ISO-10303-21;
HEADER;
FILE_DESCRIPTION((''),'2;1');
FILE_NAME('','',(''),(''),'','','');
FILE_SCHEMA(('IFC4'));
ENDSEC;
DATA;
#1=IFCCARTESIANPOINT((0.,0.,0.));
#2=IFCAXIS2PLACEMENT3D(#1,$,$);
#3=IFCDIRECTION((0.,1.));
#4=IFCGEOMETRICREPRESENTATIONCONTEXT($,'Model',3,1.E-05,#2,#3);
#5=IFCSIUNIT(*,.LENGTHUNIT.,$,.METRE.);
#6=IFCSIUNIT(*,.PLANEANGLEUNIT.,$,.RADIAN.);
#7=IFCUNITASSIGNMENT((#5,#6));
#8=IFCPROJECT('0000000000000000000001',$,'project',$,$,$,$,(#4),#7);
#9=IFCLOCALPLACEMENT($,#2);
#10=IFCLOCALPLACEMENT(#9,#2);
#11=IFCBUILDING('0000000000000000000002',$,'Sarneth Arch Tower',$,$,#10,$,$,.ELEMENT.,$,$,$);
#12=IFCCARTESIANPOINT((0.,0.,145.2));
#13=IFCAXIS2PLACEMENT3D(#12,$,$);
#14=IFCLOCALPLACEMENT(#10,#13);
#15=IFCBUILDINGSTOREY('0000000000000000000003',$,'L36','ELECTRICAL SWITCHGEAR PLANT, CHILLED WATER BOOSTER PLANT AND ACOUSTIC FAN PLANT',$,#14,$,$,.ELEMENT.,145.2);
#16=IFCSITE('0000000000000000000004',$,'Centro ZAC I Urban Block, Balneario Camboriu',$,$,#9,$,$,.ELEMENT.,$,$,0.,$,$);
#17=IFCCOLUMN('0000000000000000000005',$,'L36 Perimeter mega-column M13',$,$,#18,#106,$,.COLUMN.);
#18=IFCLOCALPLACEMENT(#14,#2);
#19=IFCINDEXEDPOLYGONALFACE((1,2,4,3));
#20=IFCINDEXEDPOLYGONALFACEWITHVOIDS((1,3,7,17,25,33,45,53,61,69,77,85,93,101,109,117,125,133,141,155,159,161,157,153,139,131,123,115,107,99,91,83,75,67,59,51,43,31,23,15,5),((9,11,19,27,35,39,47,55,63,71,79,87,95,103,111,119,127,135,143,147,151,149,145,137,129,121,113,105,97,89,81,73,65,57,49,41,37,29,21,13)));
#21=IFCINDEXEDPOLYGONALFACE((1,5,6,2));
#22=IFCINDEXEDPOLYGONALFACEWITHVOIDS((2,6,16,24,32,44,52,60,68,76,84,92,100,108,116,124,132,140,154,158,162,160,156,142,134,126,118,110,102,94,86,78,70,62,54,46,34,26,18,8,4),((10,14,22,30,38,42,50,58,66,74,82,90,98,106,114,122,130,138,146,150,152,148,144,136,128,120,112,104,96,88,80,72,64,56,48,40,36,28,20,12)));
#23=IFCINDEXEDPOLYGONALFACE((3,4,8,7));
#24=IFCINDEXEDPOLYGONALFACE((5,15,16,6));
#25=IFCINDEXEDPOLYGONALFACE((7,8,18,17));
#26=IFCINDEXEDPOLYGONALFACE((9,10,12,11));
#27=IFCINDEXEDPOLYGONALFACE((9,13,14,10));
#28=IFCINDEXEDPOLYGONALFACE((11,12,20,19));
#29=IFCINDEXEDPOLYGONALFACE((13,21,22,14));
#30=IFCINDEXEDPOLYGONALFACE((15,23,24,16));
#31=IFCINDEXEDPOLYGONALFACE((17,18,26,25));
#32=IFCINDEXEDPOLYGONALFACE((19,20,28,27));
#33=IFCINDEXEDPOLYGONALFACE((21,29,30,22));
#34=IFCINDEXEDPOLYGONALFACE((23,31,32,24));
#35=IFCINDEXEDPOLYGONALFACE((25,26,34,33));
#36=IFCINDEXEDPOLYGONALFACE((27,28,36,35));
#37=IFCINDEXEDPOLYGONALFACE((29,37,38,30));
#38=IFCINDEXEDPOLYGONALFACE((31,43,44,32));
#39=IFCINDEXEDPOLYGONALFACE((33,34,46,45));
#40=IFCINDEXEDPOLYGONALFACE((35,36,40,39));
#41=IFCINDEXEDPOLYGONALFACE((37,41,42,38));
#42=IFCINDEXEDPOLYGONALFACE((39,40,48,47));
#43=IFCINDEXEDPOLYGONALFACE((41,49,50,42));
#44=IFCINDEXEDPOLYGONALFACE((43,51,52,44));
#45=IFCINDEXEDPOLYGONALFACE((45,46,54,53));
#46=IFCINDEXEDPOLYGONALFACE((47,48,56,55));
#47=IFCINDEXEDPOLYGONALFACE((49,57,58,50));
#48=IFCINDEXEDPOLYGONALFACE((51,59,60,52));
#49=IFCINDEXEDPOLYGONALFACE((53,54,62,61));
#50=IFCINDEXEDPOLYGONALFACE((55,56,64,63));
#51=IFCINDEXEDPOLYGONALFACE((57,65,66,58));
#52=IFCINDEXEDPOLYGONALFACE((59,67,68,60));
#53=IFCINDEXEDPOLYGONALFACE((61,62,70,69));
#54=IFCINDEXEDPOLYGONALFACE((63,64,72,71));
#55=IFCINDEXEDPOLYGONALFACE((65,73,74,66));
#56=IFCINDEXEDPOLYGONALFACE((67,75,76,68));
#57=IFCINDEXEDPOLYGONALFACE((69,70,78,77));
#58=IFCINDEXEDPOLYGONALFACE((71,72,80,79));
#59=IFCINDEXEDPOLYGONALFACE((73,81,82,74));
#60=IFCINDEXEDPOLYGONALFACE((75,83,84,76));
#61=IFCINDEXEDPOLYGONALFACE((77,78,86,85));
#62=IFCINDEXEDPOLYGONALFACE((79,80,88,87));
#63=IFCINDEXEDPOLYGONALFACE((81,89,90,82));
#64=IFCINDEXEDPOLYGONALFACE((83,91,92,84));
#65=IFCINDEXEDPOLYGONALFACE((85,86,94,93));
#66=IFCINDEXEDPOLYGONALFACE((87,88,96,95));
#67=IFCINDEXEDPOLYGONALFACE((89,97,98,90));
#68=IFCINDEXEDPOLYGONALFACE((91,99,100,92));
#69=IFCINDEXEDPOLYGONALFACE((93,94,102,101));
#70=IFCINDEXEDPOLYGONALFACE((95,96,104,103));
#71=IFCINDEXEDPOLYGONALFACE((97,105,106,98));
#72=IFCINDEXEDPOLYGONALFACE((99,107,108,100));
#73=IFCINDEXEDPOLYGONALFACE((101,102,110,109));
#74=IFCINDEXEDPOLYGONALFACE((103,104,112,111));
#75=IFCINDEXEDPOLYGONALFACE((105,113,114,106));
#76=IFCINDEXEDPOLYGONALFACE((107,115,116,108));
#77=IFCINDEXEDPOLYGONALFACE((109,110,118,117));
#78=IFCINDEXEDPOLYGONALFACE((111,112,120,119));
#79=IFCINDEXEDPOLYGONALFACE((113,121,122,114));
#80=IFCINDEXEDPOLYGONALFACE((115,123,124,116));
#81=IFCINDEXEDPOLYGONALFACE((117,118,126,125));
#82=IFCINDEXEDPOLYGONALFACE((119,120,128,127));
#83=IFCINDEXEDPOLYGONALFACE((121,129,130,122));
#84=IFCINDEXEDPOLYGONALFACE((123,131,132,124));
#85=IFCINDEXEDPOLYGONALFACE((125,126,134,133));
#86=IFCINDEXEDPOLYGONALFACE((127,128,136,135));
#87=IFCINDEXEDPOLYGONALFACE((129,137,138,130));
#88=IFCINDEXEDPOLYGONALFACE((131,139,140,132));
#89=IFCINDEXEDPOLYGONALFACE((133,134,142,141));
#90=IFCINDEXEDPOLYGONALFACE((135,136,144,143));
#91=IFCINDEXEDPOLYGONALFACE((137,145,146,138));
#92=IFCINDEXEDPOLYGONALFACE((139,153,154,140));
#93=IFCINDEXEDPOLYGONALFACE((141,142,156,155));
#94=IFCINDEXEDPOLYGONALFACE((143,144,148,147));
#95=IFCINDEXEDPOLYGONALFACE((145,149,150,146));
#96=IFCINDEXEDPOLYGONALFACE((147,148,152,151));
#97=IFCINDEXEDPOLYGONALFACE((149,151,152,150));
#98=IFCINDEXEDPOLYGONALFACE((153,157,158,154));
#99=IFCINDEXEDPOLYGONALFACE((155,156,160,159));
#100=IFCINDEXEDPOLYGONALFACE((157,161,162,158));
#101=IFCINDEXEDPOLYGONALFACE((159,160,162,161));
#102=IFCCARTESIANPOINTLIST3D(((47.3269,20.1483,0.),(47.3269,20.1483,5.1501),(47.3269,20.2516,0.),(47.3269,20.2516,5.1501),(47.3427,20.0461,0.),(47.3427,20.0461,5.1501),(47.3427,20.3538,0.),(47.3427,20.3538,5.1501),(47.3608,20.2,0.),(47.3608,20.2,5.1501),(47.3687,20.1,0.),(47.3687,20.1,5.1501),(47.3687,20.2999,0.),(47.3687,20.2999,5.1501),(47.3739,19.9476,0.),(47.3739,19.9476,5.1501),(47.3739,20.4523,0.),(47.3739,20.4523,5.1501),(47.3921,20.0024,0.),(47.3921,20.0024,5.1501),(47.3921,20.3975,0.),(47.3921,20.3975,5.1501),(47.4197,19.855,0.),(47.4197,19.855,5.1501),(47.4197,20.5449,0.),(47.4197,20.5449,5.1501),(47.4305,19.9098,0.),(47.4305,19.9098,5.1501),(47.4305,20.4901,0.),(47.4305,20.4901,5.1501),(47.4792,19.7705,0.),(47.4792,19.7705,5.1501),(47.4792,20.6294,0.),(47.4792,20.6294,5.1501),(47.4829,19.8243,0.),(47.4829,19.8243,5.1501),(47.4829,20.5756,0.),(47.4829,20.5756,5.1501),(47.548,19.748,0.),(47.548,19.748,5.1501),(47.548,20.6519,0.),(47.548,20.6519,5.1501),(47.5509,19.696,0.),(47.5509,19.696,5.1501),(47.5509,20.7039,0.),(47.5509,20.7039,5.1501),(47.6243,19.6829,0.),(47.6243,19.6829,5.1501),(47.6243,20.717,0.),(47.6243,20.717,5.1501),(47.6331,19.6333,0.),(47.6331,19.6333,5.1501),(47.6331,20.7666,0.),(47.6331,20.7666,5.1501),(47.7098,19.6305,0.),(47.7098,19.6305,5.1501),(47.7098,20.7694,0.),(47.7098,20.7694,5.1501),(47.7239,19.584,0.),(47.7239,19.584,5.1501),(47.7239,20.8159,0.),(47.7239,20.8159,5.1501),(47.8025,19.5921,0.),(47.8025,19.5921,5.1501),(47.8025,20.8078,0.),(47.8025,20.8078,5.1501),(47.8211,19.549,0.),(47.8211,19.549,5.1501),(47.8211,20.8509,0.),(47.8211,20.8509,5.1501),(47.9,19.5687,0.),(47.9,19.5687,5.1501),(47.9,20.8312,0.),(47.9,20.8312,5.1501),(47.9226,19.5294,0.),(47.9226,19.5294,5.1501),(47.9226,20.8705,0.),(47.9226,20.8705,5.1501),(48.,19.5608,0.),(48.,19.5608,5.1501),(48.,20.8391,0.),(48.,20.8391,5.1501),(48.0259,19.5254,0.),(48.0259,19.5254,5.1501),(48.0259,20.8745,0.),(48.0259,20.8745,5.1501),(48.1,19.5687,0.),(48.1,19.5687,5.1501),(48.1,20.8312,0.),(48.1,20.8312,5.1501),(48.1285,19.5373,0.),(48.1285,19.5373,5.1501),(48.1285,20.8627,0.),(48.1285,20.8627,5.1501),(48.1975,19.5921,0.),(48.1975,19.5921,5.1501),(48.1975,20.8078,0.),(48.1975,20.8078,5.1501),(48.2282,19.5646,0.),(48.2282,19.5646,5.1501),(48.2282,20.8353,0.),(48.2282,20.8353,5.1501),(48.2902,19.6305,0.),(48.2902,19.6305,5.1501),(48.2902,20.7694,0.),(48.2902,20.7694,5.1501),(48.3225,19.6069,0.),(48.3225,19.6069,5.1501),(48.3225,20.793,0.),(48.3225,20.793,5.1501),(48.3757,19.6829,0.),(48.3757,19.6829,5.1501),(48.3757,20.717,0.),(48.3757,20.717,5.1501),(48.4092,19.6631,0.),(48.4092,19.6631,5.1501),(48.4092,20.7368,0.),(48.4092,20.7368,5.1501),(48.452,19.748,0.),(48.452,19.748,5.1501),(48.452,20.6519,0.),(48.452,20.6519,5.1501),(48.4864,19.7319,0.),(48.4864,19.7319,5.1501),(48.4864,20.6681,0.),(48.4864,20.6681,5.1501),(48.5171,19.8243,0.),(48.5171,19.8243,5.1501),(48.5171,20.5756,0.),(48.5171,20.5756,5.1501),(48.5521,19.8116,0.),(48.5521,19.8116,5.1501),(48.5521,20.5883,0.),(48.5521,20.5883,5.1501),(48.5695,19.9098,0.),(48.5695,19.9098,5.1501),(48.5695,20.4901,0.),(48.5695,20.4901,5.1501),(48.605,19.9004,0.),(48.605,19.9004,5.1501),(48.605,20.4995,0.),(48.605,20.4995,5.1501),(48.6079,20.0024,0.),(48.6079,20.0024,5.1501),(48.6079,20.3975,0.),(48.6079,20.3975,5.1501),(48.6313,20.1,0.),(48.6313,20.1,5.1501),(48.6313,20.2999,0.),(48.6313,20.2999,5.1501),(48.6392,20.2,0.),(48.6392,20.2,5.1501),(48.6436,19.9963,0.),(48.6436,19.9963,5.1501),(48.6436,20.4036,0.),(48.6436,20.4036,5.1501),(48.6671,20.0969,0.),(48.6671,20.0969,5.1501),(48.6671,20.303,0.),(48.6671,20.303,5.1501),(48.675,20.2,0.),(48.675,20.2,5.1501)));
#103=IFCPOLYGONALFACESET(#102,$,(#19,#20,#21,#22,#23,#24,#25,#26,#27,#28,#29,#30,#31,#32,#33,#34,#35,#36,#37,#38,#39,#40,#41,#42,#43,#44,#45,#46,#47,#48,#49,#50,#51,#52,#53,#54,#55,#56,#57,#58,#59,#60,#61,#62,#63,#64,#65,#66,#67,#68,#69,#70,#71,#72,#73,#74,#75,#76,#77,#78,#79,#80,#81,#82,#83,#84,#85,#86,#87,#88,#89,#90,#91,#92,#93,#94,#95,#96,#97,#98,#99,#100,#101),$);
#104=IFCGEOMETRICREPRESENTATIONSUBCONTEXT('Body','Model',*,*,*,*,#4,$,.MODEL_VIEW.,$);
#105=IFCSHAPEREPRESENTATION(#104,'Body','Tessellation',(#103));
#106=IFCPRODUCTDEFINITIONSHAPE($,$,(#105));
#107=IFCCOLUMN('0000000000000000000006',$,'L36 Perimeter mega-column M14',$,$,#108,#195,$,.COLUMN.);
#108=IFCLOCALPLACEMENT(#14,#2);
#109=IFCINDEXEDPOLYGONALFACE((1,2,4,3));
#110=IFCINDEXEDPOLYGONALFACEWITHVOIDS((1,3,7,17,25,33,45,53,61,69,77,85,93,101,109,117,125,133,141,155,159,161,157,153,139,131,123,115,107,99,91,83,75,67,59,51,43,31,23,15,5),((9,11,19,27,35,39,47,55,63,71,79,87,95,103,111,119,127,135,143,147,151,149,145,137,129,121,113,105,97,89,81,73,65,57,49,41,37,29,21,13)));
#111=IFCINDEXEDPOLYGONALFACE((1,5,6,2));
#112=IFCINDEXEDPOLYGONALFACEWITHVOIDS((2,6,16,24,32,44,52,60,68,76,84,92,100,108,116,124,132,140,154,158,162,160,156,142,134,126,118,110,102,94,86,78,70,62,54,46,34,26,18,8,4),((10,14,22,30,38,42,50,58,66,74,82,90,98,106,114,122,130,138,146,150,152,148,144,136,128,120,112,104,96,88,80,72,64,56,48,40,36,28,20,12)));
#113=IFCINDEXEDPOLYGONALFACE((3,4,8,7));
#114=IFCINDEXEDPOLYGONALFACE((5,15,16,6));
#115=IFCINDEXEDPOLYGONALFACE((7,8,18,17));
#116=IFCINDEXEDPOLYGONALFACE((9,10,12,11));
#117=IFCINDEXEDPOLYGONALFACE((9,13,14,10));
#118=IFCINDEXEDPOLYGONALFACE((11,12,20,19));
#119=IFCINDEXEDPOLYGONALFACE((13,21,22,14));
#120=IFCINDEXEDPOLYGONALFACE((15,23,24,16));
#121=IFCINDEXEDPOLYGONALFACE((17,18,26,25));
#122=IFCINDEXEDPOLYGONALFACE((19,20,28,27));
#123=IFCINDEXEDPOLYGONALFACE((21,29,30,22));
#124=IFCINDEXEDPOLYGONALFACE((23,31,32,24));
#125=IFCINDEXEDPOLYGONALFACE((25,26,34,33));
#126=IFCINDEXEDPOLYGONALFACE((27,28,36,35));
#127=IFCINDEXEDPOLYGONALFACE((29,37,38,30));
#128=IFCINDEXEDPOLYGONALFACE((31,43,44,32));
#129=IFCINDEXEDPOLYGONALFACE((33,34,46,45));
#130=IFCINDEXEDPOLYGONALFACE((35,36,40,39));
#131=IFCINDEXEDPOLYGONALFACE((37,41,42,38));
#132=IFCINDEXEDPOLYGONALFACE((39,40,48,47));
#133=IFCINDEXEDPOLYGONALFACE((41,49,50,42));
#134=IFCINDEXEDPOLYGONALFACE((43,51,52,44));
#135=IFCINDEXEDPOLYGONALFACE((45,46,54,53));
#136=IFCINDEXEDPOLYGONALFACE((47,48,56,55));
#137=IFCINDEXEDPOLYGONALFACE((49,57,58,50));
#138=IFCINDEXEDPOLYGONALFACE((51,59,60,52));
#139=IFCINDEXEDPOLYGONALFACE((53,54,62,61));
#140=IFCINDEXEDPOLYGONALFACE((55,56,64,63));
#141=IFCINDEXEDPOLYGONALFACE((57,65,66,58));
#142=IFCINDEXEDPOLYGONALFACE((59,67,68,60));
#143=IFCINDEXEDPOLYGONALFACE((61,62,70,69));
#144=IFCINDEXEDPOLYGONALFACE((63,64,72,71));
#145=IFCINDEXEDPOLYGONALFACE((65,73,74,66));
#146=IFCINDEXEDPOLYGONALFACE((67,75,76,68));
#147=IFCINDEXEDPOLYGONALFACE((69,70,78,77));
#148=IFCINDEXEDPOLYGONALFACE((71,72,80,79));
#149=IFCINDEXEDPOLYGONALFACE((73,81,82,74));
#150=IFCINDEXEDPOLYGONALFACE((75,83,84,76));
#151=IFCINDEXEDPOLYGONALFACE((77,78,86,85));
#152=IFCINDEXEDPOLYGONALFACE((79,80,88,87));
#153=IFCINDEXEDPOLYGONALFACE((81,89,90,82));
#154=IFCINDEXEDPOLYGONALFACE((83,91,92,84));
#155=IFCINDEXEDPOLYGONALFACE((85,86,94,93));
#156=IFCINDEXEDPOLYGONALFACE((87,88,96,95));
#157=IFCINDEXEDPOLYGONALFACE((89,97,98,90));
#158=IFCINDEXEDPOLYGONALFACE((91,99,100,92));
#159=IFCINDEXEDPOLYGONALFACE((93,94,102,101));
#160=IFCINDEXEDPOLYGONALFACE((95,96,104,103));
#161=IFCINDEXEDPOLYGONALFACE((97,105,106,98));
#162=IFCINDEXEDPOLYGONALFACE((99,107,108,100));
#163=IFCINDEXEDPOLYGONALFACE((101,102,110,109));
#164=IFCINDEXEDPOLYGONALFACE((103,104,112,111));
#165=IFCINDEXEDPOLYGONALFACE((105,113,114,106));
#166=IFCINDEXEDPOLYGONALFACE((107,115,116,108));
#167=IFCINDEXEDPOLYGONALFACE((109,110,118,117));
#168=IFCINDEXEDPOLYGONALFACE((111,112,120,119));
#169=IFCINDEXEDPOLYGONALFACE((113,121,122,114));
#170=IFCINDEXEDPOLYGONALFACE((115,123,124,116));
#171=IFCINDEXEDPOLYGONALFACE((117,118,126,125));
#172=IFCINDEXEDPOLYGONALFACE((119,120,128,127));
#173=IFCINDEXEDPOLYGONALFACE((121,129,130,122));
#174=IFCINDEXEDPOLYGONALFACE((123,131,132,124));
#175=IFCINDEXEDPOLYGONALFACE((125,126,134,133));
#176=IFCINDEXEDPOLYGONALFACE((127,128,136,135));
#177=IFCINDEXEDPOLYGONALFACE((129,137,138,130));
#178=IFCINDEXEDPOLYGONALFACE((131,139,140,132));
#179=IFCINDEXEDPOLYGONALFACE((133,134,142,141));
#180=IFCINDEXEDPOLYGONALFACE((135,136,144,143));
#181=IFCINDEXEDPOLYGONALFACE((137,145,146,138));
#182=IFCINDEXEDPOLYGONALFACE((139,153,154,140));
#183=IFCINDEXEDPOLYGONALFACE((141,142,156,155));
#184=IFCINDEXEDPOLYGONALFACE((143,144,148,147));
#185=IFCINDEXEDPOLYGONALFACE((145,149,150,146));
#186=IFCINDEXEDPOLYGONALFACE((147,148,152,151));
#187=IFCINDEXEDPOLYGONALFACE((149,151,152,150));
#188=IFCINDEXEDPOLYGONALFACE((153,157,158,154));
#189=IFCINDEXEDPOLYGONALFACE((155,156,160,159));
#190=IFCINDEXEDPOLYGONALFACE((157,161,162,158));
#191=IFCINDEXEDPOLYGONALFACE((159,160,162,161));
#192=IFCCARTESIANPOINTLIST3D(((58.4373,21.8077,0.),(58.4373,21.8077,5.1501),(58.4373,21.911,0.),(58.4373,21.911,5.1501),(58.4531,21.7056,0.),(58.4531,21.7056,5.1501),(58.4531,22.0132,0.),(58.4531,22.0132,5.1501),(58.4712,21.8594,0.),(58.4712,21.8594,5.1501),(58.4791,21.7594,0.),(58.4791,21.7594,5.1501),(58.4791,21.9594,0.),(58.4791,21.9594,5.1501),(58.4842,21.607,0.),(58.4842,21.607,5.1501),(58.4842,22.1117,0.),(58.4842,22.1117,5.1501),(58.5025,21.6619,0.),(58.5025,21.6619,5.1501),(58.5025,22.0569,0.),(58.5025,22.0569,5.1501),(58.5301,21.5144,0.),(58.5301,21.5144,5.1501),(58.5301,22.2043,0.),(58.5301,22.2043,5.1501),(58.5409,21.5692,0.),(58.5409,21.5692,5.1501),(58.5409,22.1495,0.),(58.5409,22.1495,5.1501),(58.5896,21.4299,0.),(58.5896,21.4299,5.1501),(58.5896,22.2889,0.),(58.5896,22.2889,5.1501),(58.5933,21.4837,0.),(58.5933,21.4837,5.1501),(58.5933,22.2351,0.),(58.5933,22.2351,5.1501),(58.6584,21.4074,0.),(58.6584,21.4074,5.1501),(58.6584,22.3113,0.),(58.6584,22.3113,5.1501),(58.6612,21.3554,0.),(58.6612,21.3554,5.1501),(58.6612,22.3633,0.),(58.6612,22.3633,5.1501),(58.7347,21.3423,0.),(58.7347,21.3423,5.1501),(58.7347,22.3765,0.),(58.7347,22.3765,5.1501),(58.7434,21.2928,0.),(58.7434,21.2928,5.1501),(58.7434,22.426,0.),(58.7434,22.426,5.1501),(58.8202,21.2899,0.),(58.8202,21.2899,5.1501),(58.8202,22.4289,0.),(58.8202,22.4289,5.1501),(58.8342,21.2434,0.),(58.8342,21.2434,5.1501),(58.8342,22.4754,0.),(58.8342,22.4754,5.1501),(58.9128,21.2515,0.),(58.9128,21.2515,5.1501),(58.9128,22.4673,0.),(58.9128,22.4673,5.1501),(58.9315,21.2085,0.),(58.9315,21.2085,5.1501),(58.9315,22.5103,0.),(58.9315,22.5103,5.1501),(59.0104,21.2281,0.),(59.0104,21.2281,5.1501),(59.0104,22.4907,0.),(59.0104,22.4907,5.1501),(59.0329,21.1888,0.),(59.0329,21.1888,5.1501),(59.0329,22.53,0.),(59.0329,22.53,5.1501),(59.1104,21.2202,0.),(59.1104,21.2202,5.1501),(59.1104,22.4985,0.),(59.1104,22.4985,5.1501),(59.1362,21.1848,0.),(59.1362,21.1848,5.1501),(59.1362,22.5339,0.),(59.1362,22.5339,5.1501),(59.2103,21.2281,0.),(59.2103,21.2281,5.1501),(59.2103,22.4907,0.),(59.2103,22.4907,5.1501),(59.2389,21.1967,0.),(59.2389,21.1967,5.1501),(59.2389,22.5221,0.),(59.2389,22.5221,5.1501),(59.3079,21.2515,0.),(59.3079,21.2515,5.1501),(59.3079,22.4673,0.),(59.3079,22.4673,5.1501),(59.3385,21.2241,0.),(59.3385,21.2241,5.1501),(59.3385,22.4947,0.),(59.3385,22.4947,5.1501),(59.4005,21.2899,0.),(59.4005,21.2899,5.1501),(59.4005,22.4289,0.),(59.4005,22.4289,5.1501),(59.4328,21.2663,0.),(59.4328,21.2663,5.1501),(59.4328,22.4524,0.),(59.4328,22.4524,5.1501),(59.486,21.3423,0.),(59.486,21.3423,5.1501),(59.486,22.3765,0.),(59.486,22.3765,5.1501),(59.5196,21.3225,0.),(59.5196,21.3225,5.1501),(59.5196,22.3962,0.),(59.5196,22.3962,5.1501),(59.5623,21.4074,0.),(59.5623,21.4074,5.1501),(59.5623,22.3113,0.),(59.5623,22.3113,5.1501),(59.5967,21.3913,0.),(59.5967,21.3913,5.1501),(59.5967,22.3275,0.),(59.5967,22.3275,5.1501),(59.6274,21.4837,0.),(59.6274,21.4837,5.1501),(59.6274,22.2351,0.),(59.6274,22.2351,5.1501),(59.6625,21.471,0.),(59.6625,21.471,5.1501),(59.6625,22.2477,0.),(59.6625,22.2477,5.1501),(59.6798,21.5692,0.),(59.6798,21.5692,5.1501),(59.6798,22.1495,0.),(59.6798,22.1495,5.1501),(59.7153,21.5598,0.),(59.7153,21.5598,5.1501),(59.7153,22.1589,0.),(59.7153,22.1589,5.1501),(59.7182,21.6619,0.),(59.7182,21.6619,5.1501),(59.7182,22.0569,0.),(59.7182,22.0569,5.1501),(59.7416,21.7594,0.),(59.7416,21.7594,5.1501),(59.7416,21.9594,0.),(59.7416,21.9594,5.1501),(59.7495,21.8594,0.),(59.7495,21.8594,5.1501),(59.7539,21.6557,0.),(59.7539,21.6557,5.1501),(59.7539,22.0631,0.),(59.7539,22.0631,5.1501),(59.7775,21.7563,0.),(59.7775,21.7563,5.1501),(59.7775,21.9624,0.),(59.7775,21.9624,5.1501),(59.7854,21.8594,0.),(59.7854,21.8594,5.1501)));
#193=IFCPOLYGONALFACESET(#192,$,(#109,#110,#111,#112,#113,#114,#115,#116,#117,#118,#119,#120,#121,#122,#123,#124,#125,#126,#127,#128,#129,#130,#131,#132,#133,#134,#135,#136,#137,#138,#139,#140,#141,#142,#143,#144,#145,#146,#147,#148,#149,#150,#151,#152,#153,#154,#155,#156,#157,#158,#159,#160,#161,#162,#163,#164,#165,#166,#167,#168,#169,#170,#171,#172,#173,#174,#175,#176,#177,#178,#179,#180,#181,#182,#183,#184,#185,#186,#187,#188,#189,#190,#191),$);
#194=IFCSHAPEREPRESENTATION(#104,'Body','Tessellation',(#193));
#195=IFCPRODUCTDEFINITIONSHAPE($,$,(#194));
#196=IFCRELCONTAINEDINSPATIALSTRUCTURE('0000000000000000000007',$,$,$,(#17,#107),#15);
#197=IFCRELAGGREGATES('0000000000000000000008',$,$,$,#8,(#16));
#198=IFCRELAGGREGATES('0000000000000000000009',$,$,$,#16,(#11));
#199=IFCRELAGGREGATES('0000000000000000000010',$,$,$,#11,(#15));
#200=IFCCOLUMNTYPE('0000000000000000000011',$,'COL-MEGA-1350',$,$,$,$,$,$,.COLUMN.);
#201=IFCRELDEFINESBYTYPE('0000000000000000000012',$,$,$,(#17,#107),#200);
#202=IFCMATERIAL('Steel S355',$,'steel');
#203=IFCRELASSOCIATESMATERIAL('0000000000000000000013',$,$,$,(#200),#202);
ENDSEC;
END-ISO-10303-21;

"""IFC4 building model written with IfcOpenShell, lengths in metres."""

from ifc_helpers import new_model, si_unit, direction, frame, origin, origin_2d, place, context, subcontext, project, spatial, hollow_circle, extrude, material, material_profile, profile_set, type_object, element, save


model = new_model("IFC4")

# Units and contexts
model_context = context("Model", 3, precision=1e-05, world=origin(), true_north=direction((0.0, 1.0)))
body_context = subcontext(model_context, "Body", "Model", "MODEL_VIEW")
ifc_project = project(units=[si_unit("LENGTHUNIT", "METRE"), si_unit("PLANEANGLEUNIT", "RADIAN")], contexts=[model_context])

# Site, building, storey
site_placement = place(None, origin())
site = spatial("IfcSite", under=ifc_project, at=site_placement, Name="Centro ZAC I Urban Block, Balneario Camboriu", CompositionType="ELEMENT", RefElevation=0.0)
building_placement = place(site_placement, origin())
building = spatial("IfcBuilding", under=site, at=building_placement, Name="Sarneth Arch Tower", CompositionType="ELEMENT")
storey_placement = place(building_placement, frame((0.0, 0.0, 145.2)))
storey = spatial("IfcBuildingStorey", under=building, at=storey_placement, Name="L36", Description="ELECTRICAL SWITCHGEAR PLANT, CHILLED WATER BOOSTER PLANT AND ACOUSTIC FAN PLANT", CompositionType="ELEMENT", Elevation=145.2)

# Columns
ifc_material_1 = material(Name="Steel S355", Category="steel")
ifc_material_profile_1 = material_profile(ifc_material_1, hollow_circle(Radius=0.675, WallThickness=0.0359, at=origin_2d()), Name="CHS1350x36")
ifc_profile_set_1 = profile_set([ifc_material_profile_1], Name="Steel S355")
column_type = type_object("IfcColumnType", Name="COL-MEGA-1350", PredefinedType="COLUMN", material=ifc_profile_set_1)
for number, where, z_axis, x_axis, name in (
    (1, (48.0, 20.2, 0.0), (0.0, 0.0, 1.0), (1.0, 0.0, 0.0), "L36 Perimeter mega-column M13"),
    (2, (59.1104, 21.8594, 0.0), (0.0, 0.0, 1.0), (1.0, 0.0, 0.0), "L36 Perimeter mega-column M14"),
):
    element("IfcColumn", number, at=place(storey_placement, frame(where, z_axis=z_axis, x_axis=x_axis)), inside=storey, type_object=column_type, Name=name, PredefinedType="COLUMN", context=body_context, shape_type="SweptSolid", body=[
        extrude(hollow_circle(Radius=0.675, WallThickness=0.0359, at=origin_2d()), origin(), (0.0, 0.0, 1.0), 5.1501),
    ])

save(model, "model.ifc")
